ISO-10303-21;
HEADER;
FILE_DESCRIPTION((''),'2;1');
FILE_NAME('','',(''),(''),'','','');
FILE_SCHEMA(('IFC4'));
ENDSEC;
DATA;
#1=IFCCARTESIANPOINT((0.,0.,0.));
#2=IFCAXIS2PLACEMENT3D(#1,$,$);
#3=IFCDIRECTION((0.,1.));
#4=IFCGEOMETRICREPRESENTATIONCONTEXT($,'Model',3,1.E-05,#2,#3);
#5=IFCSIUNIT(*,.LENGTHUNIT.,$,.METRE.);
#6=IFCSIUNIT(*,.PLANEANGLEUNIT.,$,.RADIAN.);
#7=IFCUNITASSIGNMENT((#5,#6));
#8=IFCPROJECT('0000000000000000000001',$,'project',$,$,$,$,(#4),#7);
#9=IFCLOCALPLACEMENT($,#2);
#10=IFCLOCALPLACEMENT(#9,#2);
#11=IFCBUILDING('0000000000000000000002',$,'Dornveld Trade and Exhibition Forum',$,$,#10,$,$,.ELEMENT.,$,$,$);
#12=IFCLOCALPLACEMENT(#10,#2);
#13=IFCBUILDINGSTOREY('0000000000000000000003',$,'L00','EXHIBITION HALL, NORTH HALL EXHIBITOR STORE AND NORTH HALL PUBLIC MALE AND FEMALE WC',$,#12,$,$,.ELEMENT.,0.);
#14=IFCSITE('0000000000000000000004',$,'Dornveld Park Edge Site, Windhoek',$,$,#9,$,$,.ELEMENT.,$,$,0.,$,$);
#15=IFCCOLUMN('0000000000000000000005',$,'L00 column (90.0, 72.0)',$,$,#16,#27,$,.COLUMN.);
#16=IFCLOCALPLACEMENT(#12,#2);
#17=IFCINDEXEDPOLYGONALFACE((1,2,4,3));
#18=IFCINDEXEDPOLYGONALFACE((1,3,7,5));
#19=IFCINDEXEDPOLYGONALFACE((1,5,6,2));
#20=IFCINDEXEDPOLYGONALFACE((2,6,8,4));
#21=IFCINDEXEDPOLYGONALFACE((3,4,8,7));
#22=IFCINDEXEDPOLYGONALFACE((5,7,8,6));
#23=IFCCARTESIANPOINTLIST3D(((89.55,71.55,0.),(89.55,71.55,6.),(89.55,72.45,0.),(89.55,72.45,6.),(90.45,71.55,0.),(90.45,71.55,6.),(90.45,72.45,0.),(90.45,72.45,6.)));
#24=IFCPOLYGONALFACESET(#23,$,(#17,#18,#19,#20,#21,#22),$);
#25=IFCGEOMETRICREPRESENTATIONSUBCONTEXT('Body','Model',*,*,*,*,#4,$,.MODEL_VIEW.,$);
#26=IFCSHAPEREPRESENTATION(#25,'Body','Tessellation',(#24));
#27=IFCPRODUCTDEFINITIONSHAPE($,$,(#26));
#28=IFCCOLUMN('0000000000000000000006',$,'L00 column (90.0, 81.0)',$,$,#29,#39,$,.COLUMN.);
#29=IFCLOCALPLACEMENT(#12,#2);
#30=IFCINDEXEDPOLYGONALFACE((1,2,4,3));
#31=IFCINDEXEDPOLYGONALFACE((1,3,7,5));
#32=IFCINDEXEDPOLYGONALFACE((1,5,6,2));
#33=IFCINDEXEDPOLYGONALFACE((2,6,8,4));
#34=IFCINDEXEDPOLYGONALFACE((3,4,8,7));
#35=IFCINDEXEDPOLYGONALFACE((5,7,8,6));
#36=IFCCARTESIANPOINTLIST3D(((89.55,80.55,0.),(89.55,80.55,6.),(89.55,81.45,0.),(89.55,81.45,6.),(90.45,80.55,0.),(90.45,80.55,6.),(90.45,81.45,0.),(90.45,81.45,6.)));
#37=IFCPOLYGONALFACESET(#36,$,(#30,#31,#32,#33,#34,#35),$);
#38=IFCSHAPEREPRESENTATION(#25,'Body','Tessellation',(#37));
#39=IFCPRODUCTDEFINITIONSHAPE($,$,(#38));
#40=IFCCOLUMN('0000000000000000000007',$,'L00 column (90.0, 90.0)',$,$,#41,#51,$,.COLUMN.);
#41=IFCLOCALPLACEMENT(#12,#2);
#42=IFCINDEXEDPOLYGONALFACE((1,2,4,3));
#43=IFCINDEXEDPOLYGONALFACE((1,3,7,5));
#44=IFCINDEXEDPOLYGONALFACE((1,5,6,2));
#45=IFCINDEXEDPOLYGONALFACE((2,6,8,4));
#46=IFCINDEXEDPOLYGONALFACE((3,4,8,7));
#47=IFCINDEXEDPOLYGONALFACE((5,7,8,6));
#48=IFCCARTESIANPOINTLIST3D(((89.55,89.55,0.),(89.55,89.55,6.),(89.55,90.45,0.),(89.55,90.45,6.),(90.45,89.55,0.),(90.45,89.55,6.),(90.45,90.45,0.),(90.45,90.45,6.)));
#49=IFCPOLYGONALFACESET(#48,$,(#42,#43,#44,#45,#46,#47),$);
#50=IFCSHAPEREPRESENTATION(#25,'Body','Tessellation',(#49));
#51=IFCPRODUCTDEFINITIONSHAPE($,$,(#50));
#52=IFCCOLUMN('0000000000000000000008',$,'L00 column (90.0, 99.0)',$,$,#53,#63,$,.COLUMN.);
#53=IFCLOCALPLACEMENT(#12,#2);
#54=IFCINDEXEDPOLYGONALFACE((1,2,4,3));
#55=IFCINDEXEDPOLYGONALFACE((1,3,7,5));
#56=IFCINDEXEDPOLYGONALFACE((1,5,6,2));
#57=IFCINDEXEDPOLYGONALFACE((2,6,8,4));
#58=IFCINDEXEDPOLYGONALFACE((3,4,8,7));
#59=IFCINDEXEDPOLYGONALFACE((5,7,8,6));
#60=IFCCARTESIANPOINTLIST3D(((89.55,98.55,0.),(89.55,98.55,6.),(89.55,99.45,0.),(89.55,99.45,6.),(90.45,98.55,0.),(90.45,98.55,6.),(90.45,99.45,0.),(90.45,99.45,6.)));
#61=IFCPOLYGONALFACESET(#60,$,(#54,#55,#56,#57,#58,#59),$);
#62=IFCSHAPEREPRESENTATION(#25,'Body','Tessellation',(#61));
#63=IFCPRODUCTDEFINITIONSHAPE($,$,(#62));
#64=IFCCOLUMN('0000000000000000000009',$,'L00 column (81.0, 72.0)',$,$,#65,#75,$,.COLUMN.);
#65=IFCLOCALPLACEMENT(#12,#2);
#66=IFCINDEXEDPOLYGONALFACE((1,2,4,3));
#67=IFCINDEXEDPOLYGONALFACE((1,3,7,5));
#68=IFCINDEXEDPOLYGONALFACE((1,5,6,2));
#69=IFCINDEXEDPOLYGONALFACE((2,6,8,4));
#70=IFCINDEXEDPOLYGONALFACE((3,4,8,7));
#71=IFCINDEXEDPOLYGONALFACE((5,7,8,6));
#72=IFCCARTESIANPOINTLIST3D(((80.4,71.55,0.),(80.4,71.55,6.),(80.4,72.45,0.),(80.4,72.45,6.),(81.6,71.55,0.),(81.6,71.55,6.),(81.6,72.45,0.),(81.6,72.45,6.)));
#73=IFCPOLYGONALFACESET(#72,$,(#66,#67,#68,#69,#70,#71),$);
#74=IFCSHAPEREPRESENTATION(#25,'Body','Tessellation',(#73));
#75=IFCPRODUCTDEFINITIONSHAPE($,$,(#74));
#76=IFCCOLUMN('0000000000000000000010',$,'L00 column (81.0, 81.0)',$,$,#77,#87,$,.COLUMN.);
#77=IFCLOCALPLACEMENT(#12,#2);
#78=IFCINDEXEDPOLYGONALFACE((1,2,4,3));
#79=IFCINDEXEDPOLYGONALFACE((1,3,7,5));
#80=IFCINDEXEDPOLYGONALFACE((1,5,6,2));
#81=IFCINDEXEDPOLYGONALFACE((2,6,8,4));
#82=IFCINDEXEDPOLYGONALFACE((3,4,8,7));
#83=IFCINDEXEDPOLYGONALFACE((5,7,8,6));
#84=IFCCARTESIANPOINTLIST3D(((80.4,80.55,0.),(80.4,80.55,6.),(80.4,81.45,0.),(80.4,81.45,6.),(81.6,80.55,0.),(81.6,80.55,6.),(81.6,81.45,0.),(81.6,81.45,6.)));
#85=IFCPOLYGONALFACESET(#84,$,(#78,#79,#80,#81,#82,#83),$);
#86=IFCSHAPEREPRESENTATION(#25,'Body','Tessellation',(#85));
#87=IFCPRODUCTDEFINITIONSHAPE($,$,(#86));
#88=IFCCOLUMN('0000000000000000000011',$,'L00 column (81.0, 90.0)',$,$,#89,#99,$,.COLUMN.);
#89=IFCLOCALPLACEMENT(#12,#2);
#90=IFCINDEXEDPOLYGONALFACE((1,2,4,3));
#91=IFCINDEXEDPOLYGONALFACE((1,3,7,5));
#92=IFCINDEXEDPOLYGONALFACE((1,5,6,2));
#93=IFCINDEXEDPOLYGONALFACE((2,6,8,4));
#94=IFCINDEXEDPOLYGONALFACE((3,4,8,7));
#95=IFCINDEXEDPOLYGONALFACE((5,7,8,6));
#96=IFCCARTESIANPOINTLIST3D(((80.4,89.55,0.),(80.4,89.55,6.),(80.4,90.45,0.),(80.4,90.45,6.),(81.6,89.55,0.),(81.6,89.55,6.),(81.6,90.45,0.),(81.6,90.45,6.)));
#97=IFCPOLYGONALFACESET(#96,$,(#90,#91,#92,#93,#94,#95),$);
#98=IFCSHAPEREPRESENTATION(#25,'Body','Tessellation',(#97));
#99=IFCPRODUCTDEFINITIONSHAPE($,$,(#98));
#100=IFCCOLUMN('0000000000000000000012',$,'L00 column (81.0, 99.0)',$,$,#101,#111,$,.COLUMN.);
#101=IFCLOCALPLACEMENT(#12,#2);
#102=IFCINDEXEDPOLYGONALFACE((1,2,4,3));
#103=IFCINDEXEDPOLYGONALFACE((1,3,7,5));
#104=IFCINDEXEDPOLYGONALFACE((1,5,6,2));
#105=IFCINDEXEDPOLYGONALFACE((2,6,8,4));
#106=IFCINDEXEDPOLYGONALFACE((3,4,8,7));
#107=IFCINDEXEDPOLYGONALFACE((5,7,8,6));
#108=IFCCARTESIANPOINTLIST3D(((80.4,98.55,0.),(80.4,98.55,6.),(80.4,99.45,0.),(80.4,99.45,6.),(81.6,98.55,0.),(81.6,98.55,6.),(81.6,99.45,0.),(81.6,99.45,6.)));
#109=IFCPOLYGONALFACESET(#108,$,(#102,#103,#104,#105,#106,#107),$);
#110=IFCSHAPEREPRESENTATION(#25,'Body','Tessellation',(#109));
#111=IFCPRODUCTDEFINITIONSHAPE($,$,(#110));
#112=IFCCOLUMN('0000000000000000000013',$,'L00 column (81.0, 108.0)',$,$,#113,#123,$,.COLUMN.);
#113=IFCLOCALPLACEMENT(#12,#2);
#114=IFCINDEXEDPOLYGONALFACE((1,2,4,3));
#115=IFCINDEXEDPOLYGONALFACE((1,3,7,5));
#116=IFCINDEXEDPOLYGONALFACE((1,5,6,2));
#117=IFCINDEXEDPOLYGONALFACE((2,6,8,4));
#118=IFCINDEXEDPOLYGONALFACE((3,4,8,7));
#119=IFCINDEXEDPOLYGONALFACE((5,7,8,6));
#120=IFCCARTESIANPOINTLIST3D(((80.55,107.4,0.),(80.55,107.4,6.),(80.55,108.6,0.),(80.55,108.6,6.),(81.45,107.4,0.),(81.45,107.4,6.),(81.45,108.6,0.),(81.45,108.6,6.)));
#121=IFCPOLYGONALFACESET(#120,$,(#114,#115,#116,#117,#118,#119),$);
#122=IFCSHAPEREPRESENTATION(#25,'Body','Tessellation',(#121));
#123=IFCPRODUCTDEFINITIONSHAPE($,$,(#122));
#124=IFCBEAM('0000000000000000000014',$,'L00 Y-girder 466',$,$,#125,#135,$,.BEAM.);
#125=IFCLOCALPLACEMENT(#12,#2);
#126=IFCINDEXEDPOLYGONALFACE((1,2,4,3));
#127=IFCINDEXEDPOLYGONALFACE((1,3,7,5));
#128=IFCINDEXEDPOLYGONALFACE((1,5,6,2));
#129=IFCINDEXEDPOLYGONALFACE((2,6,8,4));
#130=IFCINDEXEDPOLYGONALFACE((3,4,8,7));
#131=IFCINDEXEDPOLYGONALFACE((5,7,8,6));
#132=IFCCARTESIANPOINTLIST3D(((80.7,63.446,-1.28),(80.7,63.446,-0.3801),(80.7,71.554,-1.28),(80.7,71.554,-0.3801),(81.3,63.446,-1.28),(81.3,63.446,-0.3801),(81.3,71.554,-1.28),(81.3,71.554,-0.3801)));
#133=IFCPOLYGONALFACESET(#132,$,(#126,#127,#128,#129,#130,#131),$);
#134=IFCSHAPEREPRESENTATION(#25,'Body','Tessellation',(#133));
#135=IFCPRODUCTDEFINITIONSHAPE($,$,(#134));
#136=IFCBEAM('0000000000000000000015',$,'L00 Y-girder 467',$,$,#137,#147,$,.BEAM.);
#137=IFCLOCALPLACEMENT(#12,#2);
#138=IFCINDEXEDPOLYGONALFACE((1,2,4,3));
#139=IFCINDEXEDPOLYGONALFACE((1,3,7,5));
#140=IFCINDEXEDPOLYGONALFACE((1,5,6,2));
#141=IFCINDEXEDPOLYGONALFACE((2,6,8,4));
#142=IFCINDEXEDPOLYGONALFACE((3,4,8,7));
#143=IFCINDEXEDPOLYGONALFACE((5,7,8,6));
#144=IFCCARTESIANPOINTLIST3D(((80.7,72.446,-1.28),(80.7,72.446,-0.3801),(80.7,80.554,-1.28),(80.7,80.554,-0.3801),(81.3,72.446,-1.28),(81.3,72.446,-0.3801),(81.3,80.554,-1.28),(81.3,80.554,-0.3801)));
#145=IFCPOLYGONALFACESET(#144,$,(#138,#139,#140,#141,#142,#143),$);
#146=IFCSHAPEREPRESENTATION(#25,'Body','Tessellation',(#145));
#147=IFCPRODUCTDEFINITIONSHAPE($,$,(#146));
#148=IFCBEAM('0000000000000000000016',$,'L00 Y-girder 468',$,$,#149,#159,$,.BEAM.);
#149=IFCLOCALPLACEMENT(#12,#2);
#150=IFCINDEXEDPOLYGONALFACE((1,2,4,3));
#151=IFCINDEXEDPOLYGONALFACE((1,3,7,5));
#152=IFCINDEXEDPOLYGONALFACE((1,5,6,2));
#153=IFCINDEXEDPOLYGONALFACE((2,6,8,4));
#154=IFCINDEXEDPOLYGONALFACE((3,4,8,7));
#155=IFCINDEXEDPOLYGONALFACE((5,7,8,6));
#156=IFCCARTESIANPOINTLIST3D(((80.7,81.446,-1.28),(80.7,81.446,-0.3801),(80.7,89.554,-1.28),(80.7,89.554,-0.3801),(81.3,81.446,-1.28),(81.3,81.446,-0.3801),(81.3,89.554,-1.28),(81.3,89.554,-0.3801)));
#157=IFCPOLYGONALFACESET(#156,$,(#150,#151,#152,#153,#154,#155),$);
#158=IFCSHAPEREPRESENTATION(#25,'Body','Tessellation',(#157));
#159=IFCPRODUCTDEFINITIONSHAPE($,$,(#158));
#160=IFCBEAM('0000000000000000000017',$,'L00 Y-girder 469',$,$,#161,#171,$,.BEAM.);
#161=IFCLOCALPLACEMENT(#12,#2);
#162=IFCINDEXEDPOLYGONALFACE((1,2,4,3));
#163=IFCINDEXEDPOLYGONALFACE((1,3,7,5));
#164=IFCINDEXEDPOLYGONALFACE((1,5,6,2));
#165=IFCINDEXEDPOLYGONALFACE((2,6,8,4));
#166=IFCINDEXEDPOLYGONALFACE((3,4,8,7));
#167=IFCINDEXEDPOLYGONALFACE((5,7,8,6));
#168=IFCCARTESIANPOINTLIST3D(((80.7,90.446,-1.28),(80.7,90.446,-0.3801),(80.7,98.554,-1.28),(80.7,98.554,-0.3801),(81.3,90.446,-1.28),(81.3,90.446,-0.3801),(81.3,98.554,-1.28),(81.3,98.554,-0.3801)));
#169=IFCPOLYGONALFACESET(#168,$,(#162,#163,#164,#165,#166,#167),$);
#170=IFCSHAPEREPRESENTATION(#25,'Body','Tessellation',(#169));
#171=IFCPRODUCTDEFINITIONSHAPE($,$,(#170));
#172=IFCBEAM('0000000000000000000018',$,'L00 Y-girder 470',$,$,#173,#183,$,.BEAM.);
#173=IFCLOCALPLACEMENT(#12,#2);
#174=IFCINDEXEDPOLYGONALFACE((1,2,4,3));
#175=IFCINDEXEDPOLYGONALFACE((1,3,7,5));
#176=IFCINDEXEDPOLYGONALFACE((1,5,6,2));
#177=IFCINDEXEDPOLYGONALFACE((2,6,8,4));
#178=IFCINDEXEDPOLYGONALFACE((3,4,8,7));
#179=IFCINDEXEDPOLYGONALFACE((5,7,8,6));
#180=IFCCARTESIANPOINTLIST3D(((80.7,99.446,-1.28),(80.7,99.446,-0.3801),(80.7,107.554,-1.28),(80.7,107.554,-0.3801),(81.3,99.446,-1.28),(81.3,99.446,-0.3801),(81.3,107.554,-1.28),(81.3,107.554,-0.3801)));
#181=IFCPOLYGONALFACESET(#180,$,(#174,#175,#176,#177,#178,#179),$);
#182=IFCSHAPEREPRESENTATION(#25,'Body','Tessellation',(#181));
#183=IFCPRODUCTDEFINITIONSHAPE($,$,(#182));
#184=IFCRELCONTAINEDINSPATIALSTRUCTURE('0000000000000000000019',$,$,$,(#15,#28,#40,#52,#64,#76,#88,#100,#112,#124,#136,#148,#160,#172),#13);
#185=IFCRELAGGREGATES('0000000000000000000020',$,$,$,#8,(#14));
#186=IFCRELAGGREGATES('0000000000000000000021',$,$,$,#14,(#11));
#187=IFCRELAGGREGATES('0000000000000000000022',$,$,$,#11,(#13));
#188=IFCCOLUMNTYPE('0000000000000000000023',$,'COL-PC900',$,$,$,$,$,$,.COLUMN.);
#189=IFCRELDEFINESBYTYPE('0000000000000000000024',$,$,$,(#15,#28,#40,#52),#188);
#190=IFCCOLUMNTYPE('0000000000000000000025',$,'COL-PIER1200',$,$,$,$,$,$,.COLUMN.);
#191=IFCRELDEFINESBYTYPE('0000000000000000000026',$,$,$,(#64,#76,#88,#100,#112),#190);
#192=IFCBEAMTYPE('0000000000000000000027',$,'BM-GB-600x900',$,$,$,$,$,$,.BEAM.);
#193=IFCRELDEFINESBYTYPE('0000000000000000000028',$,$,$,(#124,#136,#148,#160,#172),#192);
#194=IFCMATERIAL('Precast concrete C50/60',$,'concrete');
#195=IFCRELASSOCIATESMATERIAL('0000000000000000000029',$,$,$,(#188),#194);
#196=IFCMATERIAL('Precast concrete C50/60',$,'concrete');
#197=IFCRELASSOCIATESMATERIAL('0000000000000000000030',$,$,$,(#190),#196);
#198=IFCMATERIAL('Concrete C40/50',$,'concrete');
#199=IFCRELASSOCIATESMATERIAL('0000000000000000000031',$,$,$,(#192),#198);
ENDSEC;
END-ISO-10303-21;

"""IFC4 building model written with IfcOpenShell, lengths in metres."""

from ifc_helpers import new_model, si_unit, direction, frame, origin, origin_2d, place, context, subcontext, project, spatial, rectangle, extrude, material, material_profile, profile_set, type_object, element, save


model = new_model("IFC4")

# Units and contexts
model_context = context("Model", 3, precision=1e-05, world=origin(), true_north=direction((0.0, 1.0)))
body_context = subcontext(model_context, "Body", "Model", "MODEL_VIEW")
ifc_project = project(units=[si_unit("LENGTHUNIT", "METRE"), si_unit("PLANEANGLEUNIT", "RADIAN")], contexts=[model_context])

# Site, building, storey
site_placement = place(None, origin())
site = spatial("IfcSite", under=ifc_project, at=site_placement, Name="Dornveld Park Edge Site, Windhoek", CompositionType="ELEMENT", RefElevation=0.0)
building_placement = place(site_placement, origin())
building = spatial("IfcBuilding", under=site, at=building_placement, Name="Dornveld Trade and Exhibition Forum", CompositionType="ELEMENT")
storey_placement = place(building_placement, origin())
storey = spatial("IfcBuildingStorey", under=building, at=storey_placement, Name="L00", Description="EXHIBITION HALL, NORTH HALL EXHIBITOR STORE AND NORTH HALL PUBLIC MALE AND FEMALE WC", CompositionType="ELEMENT", Elevation=0.0)

# Columns
ifc_material_1 = material(Name="Precast concrete C50/60", Category="concrete")
ifc_material_profile_1 = material_profile(ifc_material_1, rectangle(XDim=0.8999, YDim=0.8999, at=origin_2d()), Name="PC-COL 900x900")
ifc_profile_set_1 = profile_set([ifc_material_profile_1], Name="Precast concrete C50/60")
column_type_1 = type_object("IfcColumnType", Name="COL-PC900", PredefinedType="COLUMN", material=ifc_profile_set_1)
for number, where, z_axis, x_axis, name in (
    (1, (90.0, 72.0, 0.0), (0.0, 0.0, 1.0), (1.0, 0.0, 0.0), "L00 column (90.0, 72.0)"),
    (2, (90.0, 81.0, 0.0), (0.0, 0.0, 1.0), (1.0, 0.0, 0.0), "L00 column (90.0, 81.0)"),
    (3, (90.0, 90.0, 0.0), (0.0, 0.0, 1.0), (1.0, 0.0, 0.0), "L00 column (90.0, 90.0)"),
    (4, (90.0, 99.0, 0.0), (0.0, 0.0, 1.0), (1.0, 0.0, 0.0), "L00 column (90.0, 99.0)"),
):
    element("IfcColumn", number, at=place(storey_placement, frame(where, z_axis=z_axis, x_axis=x_axis)), inside=storey, type_object=column_type_1, Name=name, PredefinedType="COLUMN", context=body_context, shape_type="SweptSolid", body=[
        extrude(rectangle(XDim=0.8999, YDim=0.8999, at=origin_2d()), origin(), (0.0, 0.0, 1.0), 6.0),
    ])
ifc_material_2 = material(Name="Precast concrete C50/60", Category="concrete")
ifc_material_profile_2 = material_profile(ifc_material_2, rectangle(XDim=1.2, YDim=0.8999, at=origin_2d()), Name="PC-PIER 1200x900")
ifc_profile_set_2 = profile_set([ifc_material_profile_2], Name="Precast concrete C50/60")
column_type_2 = type_object("IfcColumnType", Name="COL-PIER1200", PredefinedType="COLUMN", material=ifc_profile_set_2)
for number, where, z_axis, x_axis, name in (
    (5, (81.0, 72.0, 0.0), (0.0, 0.0, 1.0), (1.0, 0.0, 0.0), "L00 column (81.0, 72.0)"),
    (6, (81.0, 81.0, 0.0), (0.0, 0.0, 1.0), (1.0, 0.0, 0.0), "L00 column (81.0, 81.0)"),
    (7, (81.0, 90.0, 0.0), (0.0, 0.0, 1.0), (1.0, 0.0, 0.0), "L00 column (81.0, 90.0)"),
    (8, (81.0, 99.0, 0.0), (0.0, 0.0, 1.0), (1.0, 0.0, 0.0), "L00 column (81.0, 99.0)"),
    (9, (81.0, 108.0, 0.0), (0.0, 0.0, 1.0), (0.0, 1.0, 0.0), "L00 column (81.0, 108.0)"),
):
    element("IfcColumn", number, at=place(storey_placement, frame(where, z_axis=z_axis, x_axis=x_axis)), inside=storey, type_object=column_type_2, Name=name, PredefinedType="COLUMN", context=body_context, shape_type="SweptSolid", body=[
        extrude(rectangle(XDim=1.2, YDim=0.8999, at=origin_2d()), origin(), (0.0, 0.0, 1.0), 6.0),
    ])

# Beams
ifc_material_3 = material(Name="Concrete C40/50", Category="concrete")
ifc_material_profile_3 = material_profile(ifc_material_3, rectangle(XDim=0.6001, YDim=0.8999, at=origin_2d()), Name="RC-GB 600x900")
ifc_profile_set_3 = profile_set([ifc_material_profile_3], Name="Concrete C40/50")
beam_type_1 = type_object("IfcBeamType", Name="BM-GB-600x900", PredefinedType="BEAM", material=ifc_profile_set_3)
for number, where, z_axis, x_axis, name in (
    (10, (81.0, 63.446, -0.8301), (0.0, 1.0, 0.0), (-1.0, 0.0, 0.0), "L00 Y-girder 466"),
    (11, (81.0, 72.446, -0.8301), (0.0, 1.0, 0.0), (-1.0, 0.0, 0.0), "L00 Y-girder 467"),
    (12, (81.0, 81.446, -0.8301), (0.0, 1.0, 0.0), (-1.0, 0.0, 0.0), "L00 Y-girder 468"),
    (13, (81.0, 90.446, -0.8301), (0.0, 1.0, 0.0), (-1.0, 0.0, 0.0), "L00 Y-girder 469"),
    (14, (81.0, 99.446, -0.8301), (0.0, 1.0, 0.0), (-1.0, 0.0, 0.0), "L00 Y-girder 470"),
):
    element("IfcBeam", number, at=place(storey_placement, frame(where, z_axis=z_axis, x_axis=x_axis)), inside=storey, type_object=beam_type_1, Name=name, PredefinedType="BEAM", context=body_context, shape_type="SweptSolid", body=[
        extrude(rectangle(XDim=0.6001, YDim=0.8999, at=origin_2d()), origin(), (0.0, 0.0, 1.0), 8.1079),
    ])

save(model, "model.ifc")
